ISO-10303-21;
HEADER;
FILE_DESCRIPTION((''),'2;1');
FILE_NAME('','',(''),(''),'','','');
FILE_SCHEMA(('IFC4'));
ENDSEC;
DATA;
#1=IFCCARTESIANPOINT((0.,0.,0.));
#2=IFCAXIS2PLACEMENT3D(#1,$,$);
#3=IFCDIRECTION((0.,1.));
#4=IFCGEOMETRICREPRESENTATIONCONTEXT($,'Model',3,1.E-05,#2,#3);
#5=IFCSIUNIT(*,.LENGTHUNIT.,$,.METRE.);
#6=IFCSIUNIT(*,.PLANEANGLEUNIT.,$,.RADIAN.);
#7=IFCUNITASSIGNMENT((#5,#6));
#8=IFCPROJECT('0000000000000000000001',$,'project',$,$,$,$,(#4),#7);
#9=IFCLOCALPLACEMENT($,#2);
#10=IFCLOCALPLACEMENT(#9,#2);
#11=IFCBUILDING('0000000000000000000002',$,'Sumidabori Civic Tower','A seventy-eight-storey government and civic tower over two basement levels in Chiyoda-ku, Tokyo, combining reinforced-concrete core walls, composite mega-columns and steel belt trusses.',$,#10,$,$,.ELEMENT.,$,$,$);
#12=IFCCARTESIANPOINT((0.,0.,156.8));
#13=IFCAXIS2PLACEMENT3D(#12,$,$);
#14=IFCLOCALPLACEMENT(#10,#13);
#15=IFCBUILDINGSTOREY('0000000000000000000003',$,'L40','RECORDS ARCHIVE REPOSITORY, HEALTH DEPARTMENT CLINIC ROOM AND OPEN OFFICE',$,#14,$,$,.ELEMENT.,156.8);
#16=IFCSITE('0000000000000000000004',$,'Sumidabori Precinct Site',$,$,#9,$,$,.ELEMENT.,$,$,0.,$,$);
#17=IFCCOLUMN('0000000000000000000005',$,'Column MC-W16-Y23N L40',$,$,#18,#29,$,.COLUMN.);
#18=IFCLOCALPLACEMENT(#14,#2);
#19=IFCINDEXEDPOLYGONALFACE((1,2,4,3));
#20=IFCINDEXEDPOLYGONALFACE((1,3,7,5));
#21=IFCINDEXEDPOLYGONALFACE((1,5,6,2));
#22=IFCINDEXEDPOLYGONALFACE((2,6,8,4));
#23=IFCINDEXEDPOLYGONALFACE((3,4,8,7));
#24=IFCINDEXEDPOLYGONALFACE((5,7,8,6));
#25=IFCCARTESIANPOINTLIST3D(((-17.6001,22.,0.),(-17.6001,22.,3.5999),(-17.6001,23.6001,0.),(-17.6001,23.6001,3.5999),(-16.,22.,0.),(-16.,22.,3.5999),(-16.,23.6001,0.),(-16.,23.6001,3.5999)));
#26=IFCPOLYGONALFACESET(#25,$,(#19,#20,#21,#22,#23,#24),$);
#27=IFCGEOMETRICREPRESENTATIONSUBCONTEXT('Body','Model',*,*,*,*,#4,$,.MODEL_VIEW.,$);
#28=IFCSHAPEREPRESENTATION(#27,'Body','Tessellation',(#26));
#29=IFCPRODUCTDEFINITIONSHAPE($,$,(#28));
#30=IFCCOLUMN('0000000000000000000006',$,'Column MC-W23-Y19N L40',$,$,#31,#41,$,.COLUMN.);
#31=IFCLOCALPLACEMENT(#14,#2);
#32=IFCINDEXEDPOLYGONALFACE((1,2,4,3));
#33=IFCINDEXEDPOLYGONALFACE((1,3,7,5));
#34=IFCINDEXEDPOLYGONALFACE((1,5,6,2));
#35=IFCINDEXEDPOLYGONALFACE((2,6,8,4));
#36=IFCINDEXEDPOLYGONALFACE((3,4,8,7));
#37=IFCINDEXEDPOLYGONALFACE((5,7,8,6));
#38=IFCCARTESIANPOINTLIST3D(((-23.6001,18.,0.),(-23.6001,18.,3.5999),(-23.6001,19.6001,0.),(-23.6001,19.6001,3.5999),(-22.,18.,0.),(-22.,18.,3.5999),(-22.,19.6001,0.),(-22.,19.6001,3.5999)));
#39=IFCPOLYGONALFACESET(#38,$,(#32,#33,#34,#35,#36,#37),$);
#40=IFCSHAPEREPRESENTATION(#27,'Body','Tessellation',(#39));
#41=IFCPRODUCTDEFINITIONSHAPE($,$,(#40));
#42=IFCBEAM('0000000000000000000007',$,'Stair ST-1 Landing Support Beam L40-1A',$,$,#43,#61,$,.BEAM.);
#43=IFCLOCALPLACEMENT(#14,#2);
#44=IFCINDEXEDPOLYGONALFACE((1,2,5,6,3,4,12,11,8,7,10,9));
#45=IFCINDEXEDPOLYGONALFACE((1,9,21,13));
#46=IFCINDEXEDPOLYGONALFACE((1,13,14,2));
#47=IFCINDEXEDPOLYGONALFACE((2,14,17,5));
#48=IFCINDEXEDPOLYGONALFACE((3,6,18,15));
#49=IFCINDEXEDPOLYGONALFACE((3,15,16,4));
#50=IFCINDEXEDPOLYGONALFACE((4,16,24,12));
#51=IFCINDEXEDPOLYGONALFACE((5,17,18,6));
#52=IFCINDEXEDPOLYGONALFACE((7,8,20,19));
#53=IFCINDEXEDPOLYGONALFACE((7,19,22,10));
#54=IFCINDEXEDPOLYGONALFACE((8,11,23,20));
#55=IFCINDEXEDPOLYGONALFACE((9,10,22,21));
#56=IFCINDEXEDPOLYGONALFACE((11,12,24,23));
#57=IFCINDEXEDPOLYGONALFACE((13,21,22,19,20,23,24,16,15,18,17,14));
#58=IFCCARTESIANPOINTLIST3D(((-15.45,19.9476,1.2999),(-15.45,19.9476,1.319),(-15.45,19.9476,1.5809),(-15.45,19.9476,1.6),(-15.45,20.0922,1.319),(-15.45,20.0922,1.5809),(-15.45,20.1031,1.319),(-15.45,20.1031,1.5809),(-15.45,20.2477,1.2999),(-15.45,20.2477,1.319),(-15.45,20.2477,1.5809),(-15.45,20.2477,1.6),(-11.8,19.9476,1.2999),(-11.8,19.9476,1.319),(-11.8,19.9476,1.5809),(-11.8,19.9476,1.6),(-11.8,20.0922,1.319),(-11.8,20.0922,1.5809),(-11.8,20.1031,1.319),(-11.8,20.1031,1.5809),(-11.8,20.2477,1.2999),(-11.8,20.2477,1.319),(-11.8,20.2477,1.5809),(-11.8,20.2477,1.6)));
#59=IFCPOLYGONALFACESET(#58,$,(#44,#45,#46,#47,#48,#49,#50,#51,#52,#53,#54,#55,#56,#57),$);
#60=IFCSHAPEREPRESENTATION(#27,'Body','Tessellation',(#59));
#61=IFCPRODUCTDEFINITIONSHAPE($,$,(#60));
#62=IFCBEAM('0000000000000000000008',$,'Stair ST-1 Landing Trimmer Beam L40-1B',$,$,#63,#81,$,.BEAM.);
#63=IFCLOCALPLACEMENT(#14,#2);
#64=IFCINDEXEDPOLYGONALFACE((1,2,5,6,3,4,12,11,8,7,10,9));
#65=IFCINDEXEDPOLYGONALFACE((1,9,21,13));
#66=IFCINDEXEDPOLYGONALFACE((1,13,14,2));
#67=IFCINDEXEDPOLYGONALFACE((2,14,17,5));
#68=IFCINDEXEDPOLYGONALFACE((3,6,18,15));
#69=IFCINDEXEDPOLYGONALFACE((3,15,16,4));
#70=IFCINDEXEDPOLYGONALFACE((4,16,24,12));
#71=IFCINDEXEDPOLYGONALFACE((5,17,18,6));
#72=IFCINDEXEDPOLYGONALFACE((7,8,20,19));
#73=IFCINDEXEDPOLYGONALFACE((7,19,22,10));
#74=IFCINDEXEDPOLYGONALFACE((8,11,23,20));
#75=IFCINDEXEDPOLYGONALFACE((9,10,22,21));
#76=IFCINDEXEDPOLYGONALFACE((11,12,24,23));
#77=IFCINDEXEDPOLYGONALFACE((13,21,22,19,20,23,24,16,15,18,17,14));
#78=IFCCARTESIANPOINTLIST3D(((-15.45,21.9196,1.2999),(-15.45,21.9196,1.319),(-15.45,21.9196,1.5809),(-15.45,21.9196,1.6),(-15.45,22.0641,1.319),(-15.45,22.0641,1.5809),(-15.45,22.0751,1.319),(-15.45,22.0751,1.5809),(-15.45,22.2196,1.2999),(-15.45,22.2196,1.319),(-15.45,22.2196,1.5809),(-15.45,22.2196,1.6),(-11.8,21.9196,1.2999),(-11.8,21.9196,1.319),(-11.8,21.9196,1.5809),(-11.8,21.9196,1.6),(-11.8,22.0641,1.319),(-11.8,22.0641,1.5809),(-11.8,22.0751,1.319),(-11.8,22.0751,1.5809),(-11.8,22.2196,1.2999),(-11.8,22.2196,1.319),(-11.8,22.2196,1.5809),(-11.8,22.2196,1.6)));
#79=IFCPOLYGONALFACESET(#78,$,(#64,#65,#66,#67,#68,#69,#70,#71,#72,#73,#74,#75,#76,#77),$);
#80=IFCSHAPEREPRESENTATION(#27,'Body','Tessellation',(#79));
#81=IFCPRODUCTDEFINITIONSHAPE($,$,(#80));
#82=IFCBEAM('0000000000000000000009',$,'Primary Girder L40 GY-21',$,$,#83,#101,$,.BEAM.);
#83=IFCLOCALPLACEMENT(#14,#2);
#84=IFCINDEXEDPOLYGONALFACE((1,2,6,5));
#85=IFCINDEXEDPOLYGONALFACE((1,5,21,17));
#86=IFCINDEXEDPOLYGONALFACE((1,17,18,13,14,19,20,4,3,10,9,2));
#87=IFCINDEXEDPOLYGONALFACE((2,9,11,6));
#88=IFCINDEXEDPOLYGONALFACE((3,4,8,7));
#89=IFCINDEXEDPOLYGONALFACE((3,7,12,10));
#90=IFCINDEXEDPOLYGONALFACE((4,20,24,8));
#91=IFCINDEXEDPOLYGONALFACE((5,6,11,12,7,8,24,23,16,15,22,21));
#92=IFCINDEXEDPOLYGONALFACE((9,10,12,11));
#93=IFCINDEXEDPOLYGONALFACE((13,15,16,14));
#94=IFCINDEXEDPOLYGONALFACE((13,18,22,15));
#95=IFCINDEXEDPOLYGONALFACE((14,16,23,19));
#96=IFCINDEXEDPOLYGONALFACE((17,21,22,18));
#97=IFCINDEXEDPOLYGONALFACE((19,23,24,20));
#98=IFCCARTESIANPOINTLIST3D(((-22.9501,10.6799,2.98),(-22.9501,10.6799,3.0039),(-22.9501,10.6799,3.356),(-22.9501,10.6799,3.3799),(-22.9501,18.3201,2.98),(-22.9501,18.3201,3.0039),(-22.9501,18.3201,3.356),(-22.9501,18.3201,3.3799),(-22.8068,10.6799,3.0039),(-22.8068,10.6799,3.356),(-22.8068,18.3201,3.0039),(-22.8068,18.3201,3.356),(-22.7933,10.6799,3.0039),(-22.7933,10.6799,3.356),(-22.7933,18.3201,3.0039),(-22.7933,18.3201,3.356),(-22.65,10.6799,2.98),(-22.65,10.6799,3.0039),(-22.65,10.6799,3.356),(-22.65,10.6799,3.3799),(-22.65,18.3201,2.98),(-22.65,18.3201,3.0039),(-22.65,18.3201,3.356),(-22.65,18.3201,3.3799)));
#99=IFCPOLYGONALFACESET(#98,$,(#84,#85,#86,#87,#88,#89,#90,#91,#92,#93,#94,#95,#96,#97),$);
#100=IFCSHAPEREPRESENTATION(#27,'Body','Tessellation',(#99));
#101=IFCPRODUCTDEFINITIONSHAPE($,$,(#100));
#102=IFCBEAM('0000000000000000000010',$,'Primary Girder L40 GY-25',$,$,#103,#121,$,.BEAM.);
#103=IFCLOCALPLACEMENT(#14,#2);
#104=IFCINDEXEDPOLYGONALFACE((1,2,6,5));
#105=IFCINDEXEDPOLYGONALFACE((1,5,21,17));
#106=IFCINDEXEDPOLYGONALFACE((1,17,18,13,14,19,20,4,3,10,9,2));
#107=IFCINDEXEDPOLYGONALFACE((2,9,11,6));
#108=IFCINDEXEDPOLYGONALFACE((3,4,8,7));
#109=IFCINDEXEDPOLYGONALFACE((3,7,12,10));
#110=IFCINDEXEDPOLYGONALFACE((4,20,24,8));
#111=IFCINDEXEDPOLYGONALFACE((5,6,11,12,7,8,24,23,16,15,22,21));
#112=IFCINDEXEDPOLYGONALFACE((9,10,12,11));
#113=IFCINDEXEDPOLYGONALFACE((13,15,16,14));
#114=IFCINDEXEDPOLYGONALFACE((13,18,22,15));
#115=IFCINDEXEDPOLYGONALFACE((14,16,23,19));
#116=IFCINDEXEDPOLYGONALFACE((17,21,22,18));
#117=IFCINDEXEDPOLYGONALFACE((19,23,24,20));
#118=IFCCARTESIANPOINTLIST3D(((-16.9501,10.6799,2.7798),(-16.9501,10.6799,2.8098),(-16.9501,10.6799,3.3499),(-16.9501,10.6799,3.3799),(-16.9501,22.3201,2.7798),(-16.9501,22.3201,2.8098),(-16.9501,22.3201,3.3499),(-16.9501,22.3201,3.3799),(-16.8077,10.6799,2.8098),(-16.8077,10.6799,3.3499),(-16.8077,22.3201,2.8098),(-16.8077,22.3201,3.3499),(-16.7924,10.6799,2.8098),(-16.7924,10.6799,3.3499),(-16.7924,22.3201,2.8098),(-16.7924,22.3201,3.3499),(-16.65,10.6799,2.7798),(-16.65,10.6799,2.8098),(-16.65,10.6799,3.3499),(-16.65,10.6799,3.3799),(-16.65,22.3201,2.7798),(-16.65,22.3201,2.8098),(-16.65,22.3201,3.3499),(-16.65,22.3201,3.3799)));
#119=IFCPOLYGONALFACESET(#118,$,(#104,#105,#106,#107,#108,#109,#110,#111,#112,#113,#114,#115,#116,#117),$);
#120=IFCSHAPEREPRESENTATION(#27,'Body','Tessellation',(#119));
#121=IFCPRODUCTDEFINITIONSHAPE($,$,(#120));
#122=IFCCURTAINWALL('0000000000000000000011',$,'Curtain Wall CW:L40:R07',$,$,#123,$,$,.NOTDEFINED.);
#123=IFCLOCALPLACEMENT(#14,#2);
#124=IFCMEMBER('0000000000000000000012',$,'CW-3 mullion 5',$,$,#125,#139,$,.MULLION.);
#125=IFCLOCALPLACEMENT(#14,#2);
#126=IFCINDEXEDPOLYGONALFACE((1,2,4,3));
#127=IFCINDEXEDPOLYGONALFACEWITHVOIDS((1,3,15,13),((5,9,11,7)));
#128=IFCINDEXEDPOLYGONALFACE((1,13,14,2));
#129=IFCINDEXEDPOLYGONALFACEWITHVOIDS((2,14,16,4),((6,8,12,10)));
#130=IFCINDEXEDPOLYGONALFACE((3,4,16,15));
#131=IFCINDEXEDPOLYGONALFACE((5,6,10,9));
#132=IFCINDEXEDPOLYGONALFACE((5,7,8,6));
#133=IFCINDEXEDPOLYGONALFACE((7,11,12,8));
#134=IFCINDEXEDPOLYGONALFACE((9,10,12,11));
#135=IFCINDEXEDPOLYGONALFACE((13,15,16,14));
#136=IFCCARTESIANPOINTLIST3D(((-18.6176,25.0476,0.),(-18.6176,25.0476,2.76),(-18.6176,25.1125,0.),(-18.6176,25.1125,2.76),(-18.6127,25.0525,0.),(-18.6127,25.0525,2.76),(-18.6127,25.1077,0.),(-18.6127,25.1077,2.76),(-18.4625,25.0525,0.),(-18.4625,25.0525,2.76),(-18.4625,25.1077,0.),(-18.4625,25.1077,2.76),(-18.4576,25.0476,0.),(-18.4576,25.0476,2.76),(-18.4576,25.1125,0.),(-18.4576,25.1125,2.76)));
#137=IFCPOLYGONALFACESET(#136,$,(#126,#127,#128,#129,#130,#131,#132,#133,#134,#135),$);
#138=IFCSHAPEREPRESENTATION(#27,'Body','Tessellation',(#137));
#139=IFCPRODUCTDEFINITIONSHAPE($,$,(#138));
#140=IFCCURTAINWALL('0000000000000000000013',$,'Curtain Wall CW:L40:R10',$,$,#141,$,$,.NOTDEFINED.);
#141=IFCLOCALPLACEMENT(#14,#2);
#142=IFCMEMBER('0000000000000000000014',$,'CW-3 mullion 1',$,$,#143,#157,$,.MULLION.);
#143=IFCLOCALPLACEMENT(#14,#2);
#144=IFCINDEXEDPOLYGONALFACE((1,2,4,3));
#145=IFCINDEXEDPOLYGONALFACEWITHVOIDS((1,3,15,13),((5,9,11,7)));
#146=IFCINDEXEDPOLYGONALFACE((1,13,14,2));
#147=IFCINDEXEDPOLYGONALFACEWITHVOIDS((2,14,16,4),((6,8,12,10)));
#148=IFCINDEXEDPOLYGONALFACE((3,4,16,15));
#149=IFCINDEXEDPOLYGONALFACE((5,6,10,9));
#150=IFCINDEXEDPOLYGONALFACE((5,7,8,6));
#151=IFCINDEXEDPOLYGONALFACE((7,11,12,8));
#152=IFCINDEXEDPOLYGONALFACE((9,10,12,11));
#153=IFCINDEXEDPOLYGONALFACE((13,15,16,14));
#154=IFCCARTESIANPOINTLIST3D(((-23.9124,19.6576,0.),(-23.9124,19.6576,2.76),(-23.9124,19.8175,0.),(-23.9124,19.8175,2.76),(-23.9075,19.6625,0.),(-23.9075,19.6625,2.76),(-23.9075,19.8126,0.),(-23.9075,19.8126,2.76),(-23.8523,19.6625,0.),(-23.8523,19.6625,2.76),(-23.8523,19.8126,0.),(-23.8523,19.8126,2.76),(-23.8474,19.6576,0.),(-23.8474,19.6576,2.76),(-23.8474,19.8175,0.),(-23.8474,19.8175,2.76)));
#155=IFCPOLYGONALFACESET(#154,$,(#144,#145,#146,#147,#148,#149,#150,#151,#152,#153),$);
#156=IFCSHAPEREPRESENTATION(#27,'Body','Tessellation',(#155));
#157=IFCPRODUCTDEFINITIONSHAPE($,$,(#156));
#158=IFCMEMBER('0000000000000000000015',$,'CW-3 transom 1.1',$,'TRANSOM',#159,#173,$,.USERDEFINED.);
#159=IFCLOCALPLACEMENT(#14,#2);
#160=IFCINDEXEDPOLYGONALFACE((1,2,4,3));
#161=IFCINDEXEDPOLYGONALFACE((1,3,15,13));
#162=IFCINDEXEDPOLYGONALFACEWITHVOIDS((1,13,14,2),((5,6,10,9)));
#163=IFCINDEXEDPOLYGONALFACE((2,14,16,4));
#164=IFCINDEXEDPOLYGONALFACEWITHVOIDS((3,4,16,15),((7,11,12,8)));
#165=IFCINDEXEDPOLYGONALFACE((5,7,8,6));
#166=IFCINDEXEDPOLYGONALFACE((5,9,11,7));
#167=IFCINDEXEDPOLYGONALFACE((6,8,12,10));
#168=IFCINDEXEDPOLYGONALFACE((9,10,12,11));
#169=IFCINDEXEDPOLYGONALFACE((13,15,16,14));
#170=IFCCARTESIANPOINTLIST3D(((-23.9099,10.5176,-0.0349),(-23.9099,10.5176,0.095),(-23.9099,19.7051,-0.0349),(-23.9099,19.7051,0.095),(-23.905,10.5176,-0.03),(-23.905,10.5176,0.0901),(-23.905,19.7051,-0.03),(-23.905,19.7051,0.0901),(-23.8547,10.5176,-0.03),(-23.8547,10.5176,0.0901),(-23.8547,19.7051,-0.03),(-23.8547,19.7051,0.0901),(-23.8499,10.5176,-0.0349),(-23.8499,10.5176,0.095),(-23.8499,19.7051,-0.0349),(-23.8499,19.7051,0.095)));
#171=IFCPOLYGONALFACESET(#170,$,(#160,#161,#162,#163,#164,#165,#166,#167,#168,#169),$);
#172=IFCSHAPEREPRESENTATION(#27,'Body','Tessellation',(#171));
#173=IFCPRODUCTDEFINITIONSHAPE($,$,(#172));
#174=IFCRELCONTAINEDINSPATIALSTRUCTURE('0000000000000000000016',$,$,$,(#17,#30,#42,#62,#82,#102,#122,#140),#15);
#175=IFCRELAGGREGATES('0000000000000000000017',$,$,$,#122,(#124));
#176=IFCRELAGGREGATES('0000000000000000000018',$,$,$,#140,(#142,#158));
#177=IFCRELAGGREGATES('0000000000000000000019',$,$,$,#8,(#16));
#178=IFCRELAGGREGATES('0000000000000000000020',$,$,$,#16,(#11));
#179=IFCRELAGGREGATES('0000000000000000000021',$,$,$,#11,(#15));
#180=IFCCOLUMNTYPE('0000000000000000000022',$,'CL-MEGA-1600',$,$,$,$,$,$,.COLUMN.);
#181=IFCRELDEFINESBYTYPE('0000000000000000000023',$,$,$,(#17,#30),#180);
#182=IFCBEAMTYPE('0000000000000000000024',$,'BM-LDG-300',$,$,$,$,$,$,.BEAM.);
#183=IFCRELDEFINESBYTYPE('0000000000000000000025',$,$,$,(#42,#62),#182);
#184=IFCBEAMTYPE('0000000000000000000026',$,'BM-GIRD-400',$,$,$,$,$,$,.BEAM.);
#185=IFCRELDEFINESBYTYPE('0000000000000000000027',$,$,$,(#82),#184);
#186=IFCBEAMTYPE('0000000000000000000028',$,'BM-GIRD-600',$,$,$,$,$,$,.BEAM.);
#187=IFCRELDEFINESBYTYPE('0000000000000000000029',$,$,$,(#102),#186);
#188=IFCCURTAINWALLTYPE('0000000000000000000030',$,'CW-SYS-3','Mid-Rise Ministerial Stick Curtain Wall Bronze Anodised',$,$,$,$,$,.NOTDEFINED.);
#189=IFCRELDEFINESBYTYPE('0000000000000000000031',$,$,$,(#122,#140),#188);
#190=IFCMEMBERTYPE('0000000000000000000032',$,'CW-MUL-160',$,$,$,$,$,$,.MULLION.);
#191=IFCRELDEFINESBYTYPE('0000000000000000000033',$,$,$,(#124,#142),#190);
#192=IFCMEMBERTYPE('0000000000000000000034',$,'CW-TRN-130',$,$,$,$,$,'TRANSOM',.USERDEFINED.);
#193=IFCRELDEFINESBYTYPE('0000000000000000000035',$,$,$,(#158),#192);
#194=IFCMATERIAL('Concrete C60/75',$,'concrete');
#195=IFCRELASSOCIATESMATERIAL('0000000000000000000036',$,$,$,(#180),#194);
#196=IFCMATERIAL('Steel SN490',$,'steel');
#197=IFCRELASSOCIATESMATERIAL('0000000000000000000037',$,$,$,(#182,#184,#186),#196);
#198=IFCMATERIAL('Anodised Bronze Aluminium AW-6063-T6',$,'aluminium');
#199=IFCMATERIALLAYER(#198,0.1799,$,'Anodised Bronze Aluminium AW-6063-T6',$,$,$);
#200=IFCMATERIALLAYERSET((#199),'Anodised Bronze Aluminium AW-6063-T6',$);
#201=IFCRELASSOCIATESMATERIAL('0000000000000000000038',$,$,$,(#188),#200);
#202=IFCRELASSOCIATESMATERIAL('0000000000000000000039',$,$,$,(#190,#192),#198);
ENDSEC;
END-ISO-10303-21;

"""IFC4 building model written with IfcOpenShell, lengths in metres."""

from ifc_helpers import new_model, si_unit, direction, frame, origin, origin_2d, place, context, subcontext, project, spatial, rectangle, hollow_rectangle, i_section, extrude, source, transform, mapped, material, layer, layer_set, material_profile, profile_set, type_object, element, aggregate, save


model = new_model("IFC4")

# Units and contexts
model_context = context("Model", 3, precision=1e-05, world=origin(), true_north=direction((0.0, 1.0)))
body_context = subcontext(model_context, "Body", "Model", "MODEL_VIEW")
ifc_project = project(units=[si_unit("LENGTHUNIT", "METRE"), si_unit("PLANEANGLEUNIT", "RADIAN")], contexts=[model_context])

# Site, building, storey
site_placement = place(None, origin())
site = spatial("IfcSite", under=ifc_project, at=site_placement, Name="Sumidabori Precinct Site", CompositionType="ELEMENT", RefElevation=0.0)
building_placement = place(site_placement, origin())
building = spatial("IfcBuilding", under=site, at=building_placement, Name="Sumidabori Civic Tower", Description="A seventy-eight-storey government and civic tower over two basement levels in Chiyoda-ku, Tokyo, combining reinforced-concrete core walls, composite mega-columns and steel belt trusses.", CompositionType="ELEMENT")
storey_placement = place(building_placement, frame((0.0, 0.0, 156.8)))
storey = spatial("IfcBuildingStorey", under=building, at=storey_placement, Name="L40", Description="RECORDS ARCHIVE REPOSITORY, HEALTH DEPARTMENT CLINIC ROOM AND OPEN OFFICE", CompositionType="ELEMENT", Elevation=156.8)

# Columns
ifc_material_1 = material(Name="Concrete C60/75", Category="concrete")
ifc_material_profile_1 = material_profile(ifc_material_1, rectangle(XDim=1.6001, YDim=1.6001, at=origin_2d()), Name="RC 1600x1600")
ifc_profile_set_1 = profile_set([ifc_material_profile_1], Name="Concrete C60/75")
column_type = type_object("IfcColumnType", Name="CL-MEGA-1600", PredefinedType="COLUMN", material=ifc_profile_set_1)
shared_shape_1 = source(origin(), body_context, "Body", "SweptSolid", [
    extrude(rectangle(XDim=1.6001, YDim=1.6001, at=origin_2d()), origin(), (0.0, 0.0, 1.0), 3.5999),
])
for number, where, z_axis, x_axis, name in (
    (1, (-16.8, 22.8, 0.0), (0.0, 0.0, 1.0), (1.0, 0.0, 0.0), "Column MC-W16-Y23N L40"),
    (2, (-22.8, 18.8, 0.0), (0.0, 0.0, 1.0), (1.0, 0.0, 0.0), "Column MC-W23-Y19N L40"),
):
    element("IfcColumn", number, at=place(storey_placement, frame(where, z_axis=z_axis, x_axis=x_axis)), inside=storey, type_object=column_type, Name=name, PredefinedType="COLUMN", context=body_context, shape_type="MappedRepresentation", body=[
        mapped(shared_shape_1, transform((0.0, 0.0, 0.0), x_axis=(1.0, 0.0, 0.0), y_axis=(0.0, 1.0, 0.0), z_axis=(0.0, 0.0, 1.0), scale=1.0)),
    ])

# Beams
ifc_material_2 = material(Name="Steel SN490", Category="steel")
ifc_material_profile_2 = material_profile(ifc_material_2, i_section(OverallWidth=0.3, OverallDepth=0.3, WebThickness=0.011, FlangeThickness=0.019, at=origin_2d()), Name="HE 300 B")
ifc_profile_set_2 = profile_set([ifc_material_profile_2], Name="Steel SN490")
beam_type_1 = type_object("IfcBeamType", Name="BM-LDG-300", PredefinedType="BEAM", material=ifc_profile_set_2)
shared_shape_2 = source(origin(), body_context, "Body", "SweptSolid", [
    extrude(i_section(OverallWidth=0.3, OverallDepth=0.3, WebThickness=0.011, FlangeThickness=0.019, at=origin_2d()), origin(), (0.0, 0.0, 1.0), 3.6499),
])
for number, where, z_axis, x_axis, name in (
    (3, (-15.45, 20.0977, 1.45), (1.0, 0.0, 0.0), (0.0, 1.0, 0.0), "Stair ST-1 Landing Support Beam L40-1A"),
    (4, (-15.45, 22.0696, 1.45), (1.0, 0.0, 0.0), (0.0, 1.0, 0.0), "Stair ST-1 Landing Trimmer Beam L40-1B"),
):
    element("IfcBeam", number, at=place(storey_placement, frame(where, z_axis=z_axis, x_axis=x_axis)), inside=storey, type_object=beam_type_1, Name=name, PredefinedType="BEAM", context=body_context, shape_type="MappedRepresentation", body=[
        mapped(shared_shape_2, transform((0.0, 0.0, 0.0), x_axis=(1.0, 0.0, 0.0), y_axis=(0.0, 1.0, 0.0), z_axis=(0.0, 0.0, 1.0), scale=1.0)),
    ])
ifc_material_profile_3 = material_profile(ifc_material_2, i_section(OverallWidth=0.3, OverallDepth=0.3999, WebThickness=0.0134, FlangeThickness=0.0239, at=origin_2d()), Name="HE 400 B")
ifc_profile_set_3 = profile_set([ifc_material_profile_3], Name="Steel SN490")
beam_type_2 = type_object("IfcBeamType", Name="BM-GIRD-400", PredefinedType="BEAM", material=ifc_profile_set_3)
shared_shape_3 = source(origin(), body_context, "Body", "SweptSolid", [
    extrude(i_section(OverallWidth=0.3, OverallDepth=0.3999, WebThickness=0.0134, FlangeThickness=0.0239, at=origin_2d()), origin(), (0.0, 0.0, 1.0), 7.6401),
])
beam_1_placement = place(storey_placement, frame((-22.8, 10.6799, 3.1799), z_axis=(0.0, 1.0, 0.0), x_axis=(-1.0, 0.0, 0.0)))
element("IfcBeam", 5, at=beam_1_placement, inside=storey, type_object=beam_type_2, Name="Primary Girder L40 GY-21", PredefinedType="BEAM", context=body_context, shape_type="MappedRepresentation", body=[
    mapped(shared_shape_3, transform((0.0, 0.0, 0.0), x_axis=(1.0, 0.0, 0.0), y_axis=(0.0, 1.0, 0.0), z_axis=(0.0, 0.0, 1.0), scale=1.0)),
])
ifc_material_profile_4 = material_profile(ifc_material_2, i_section(OverallWidth=0.3, OverallDepth=0.6001, WebThickness=0.0154, FlangeThickness=0.03, at=origin_2d()), Name="HE 600 B")
ifc_profile_set_4 = profile_set([ifc_material_profile_4], Name="Steel SN490")
beam_type_3 = type_object("IfcBeamType", Name="BM-GIRD-600", PredefinedType="BEAM", material=ifc_profile_set_4)
shared_shape_4 = source(origin(), body_context, "Body", "SweptSolid", [
    extrude(i_section(OverallWidth=0.3, OverallDepth=0.6001, WebThickness=0.0154, FlangeThickness=0.03, at=origin_2d()), origin(), (0.0, 0.0, 1.0), 11.6401),
])
beam_2_placement = place(storey_placement, frame((-16.8, 10.6799, 3.0798), z_axis=(0.0, 1.0, 0.0), x_axis=(-1.0, 0.0, 0.0)))
element("IfcBeam", 6, at=beam_2_placement, inside=storey, type_object=beam_type_3, Name="Primary Girder L40 GY-25", PredefinedType="BEAM", context=body_context, shape_type="MappedRepresentation", body=[
    mapped(shared_shape_4, transform((0.0, 0.0, 0.0), x_axis=(1.0, 0.0, 0.0), y_axis=(0.0, 1.0, 0.0), z_axis=(0.0, 0.0, 1.0), scale=1.0)),
])

# Curtain wall, member
ifc_material_3 = material(Name="Anodised Bronze Aluminium AW-6063-T6", Category="aluminium")
ifc_layer_1 = layer(ifc_material_3, 0.1799, Name="Anodised Bronze Aluminium AW-6063-T6")
ifc_layer_set_1 = layer_set([ifc_layer_1], Name="Anodised Bronze Aluminium AW-6063-T6")
curtain_wall_type = type_object("IfcCurtainWallType", Name="CW-SYS-3", Description="Mid-Rise Ministerial Stick Curtain Wall Bronze Anodised", PredefinedType="NOTDEFINED", material=ifc_layer_set_1)
curtain_wall_1_placement = place(storey_placement, origin())
curtain_wall_1 = element("IfcCurtainWall", 7, at=curtain_wall_1_placement, inside=storey, type_object=curtain_wall_type, Name="Curtain Wall CW:L40:R07", PredefinedType="NOTDEFINED")
ifc_material_profile_5 = material_profile(ifc_material_3, hollow_rectangle(XDim=0.0649, YDim=0.1599, WallThickness=0.0049, at=origin_2d()), Name="ALU MULLION 160x65")
ifc_profile_set_5 = profile_set([ifc_material_profile_5], Name="Anodised Bronze Aluminium AW-6063-T6")
member_type_1 = type_object("IfcMemberType", Name="CW-MUL-160", PredefinedType="MULLION", material=ifc_profile_set_5)
shared_shape_5 = source(origin(), body_context, "Body", "SweptSolid", [
    extrude(hollow_rectangle(XDim=0.0649, YDim=0.1599, WallThickness=0.0049, at=origin_2d()), origin(), (0.0, 0.0, 1.0), 2.76),
])
member_1_placement = place(storey_placement, frame((-18.5376, 25.0801, 0.0), z_axis=(0.0, 0.0, 1.0), x_axis=(0.0, -1.0, 0.0)))
member_1 = element("IfcMember", 8, at=member_1_placement, type_object=member_type_1, Name="CW-3 mullion 5", PredefinedType="MULLION", context=body_context, shape_type="MappedRepresentation", body=[
    mapped(shared_shape_5, transform((0.0, 0.0, 0.0), x_axis=(1.0, 0.0, 0.0), y_axis=(0.0, 1.0, 0.0), z_axis=(0.0, 0.0, 1.0), scale=1.0)),
])
aggregate(curtain_wall_1, [member_1])

# Curtain wall, members
curtain_wall_2_placement = place(storey_placement, origin())
curtain_wall_2 = element("IfcCurtainWall", 9, at=curtain_wall_2_placement, inside=storey, type_object=curtain_wall_type, Name="Curtain Wall CW:L40:R10", PredefinedType="NOTDEFINED")
member_2_placement = place(storey_placement, frame((-23.8799, 19.7375, 0.0), z_axis=(0.0, 0.0, 1.0), x_axis=(1.0, 0.0, 0.0)))
member_2 = element("IfcMember", 10, at=member_2_placement, type_object=member_type_1, Name="CW-3 mullion 1", PredefinedType="MULLION", context=body_context, shape_type="MappedRepresentation", body=[
    mapped(shared_shape_5, transform((0.0, 0.0, 0.0), x_axis=(1.0, 0.0, 0.0), y_axis=(0.0, 1.0, 0.0), z_axis=(0.0, 0.0, 1.0), scale=1.0)),
])
ifc_material_profile_6 = material_profile(ifc_material_3, hollow_rectangle(XDim=0.0601, YDim=0.1299, WallThickness=0.0049, at=origin_2d()), Name="ALU TRANSOM 130x60")
ifc_profile_set_6 = profile_set([ifc_material_profile_6], Name="Anodised Bronze Aluminium AW-6063-T6")
member_type_2 = type_object("IfcMemberType", Name="CW-TRN-130", ElementType="TRANSOM", PredefinedType="USERDEFINED", material=ifc_profile_set_6)
shared_shape_6 = source(origin(), body_context, "Body", "SweptSolid", [
    extrude(hollow_rectangle(XDim=0.0601, YDim=0.1299, WallThickness=0.0049, at=origin_2d()), origin(), (0.0, 0.0, 1.0), 9.1875),
])
member_3_placement = place(storey_placement, frame((-23.8799, 19.7051, 0.03), z_axis=(0.0, -1.0, 0.0), x_axis=(1.0, 0.0, 0.0)))
member_3 = element("IfcMember", 11, at=member_3_placement, type_object=member_type_2, Name="CW-3 transom 1.1", ObjectType="TRANSOM", PredefinedType="USERDEFINED", context=body_context, shape_type="MappedRepresentation", body=[
    mapped(shared_shape_6, transform((0.0, 0.0, 0.0), x_axis=(1.0, 0.0, 0.0), y_axis=(0.0, 1.0, 0.0), z_axis=(0.0, 0.0, 1.0), scale=1.0)),
])
aggregate(curtain_wall_2, [member_2, member_3])

save(model, "model.ifc")
